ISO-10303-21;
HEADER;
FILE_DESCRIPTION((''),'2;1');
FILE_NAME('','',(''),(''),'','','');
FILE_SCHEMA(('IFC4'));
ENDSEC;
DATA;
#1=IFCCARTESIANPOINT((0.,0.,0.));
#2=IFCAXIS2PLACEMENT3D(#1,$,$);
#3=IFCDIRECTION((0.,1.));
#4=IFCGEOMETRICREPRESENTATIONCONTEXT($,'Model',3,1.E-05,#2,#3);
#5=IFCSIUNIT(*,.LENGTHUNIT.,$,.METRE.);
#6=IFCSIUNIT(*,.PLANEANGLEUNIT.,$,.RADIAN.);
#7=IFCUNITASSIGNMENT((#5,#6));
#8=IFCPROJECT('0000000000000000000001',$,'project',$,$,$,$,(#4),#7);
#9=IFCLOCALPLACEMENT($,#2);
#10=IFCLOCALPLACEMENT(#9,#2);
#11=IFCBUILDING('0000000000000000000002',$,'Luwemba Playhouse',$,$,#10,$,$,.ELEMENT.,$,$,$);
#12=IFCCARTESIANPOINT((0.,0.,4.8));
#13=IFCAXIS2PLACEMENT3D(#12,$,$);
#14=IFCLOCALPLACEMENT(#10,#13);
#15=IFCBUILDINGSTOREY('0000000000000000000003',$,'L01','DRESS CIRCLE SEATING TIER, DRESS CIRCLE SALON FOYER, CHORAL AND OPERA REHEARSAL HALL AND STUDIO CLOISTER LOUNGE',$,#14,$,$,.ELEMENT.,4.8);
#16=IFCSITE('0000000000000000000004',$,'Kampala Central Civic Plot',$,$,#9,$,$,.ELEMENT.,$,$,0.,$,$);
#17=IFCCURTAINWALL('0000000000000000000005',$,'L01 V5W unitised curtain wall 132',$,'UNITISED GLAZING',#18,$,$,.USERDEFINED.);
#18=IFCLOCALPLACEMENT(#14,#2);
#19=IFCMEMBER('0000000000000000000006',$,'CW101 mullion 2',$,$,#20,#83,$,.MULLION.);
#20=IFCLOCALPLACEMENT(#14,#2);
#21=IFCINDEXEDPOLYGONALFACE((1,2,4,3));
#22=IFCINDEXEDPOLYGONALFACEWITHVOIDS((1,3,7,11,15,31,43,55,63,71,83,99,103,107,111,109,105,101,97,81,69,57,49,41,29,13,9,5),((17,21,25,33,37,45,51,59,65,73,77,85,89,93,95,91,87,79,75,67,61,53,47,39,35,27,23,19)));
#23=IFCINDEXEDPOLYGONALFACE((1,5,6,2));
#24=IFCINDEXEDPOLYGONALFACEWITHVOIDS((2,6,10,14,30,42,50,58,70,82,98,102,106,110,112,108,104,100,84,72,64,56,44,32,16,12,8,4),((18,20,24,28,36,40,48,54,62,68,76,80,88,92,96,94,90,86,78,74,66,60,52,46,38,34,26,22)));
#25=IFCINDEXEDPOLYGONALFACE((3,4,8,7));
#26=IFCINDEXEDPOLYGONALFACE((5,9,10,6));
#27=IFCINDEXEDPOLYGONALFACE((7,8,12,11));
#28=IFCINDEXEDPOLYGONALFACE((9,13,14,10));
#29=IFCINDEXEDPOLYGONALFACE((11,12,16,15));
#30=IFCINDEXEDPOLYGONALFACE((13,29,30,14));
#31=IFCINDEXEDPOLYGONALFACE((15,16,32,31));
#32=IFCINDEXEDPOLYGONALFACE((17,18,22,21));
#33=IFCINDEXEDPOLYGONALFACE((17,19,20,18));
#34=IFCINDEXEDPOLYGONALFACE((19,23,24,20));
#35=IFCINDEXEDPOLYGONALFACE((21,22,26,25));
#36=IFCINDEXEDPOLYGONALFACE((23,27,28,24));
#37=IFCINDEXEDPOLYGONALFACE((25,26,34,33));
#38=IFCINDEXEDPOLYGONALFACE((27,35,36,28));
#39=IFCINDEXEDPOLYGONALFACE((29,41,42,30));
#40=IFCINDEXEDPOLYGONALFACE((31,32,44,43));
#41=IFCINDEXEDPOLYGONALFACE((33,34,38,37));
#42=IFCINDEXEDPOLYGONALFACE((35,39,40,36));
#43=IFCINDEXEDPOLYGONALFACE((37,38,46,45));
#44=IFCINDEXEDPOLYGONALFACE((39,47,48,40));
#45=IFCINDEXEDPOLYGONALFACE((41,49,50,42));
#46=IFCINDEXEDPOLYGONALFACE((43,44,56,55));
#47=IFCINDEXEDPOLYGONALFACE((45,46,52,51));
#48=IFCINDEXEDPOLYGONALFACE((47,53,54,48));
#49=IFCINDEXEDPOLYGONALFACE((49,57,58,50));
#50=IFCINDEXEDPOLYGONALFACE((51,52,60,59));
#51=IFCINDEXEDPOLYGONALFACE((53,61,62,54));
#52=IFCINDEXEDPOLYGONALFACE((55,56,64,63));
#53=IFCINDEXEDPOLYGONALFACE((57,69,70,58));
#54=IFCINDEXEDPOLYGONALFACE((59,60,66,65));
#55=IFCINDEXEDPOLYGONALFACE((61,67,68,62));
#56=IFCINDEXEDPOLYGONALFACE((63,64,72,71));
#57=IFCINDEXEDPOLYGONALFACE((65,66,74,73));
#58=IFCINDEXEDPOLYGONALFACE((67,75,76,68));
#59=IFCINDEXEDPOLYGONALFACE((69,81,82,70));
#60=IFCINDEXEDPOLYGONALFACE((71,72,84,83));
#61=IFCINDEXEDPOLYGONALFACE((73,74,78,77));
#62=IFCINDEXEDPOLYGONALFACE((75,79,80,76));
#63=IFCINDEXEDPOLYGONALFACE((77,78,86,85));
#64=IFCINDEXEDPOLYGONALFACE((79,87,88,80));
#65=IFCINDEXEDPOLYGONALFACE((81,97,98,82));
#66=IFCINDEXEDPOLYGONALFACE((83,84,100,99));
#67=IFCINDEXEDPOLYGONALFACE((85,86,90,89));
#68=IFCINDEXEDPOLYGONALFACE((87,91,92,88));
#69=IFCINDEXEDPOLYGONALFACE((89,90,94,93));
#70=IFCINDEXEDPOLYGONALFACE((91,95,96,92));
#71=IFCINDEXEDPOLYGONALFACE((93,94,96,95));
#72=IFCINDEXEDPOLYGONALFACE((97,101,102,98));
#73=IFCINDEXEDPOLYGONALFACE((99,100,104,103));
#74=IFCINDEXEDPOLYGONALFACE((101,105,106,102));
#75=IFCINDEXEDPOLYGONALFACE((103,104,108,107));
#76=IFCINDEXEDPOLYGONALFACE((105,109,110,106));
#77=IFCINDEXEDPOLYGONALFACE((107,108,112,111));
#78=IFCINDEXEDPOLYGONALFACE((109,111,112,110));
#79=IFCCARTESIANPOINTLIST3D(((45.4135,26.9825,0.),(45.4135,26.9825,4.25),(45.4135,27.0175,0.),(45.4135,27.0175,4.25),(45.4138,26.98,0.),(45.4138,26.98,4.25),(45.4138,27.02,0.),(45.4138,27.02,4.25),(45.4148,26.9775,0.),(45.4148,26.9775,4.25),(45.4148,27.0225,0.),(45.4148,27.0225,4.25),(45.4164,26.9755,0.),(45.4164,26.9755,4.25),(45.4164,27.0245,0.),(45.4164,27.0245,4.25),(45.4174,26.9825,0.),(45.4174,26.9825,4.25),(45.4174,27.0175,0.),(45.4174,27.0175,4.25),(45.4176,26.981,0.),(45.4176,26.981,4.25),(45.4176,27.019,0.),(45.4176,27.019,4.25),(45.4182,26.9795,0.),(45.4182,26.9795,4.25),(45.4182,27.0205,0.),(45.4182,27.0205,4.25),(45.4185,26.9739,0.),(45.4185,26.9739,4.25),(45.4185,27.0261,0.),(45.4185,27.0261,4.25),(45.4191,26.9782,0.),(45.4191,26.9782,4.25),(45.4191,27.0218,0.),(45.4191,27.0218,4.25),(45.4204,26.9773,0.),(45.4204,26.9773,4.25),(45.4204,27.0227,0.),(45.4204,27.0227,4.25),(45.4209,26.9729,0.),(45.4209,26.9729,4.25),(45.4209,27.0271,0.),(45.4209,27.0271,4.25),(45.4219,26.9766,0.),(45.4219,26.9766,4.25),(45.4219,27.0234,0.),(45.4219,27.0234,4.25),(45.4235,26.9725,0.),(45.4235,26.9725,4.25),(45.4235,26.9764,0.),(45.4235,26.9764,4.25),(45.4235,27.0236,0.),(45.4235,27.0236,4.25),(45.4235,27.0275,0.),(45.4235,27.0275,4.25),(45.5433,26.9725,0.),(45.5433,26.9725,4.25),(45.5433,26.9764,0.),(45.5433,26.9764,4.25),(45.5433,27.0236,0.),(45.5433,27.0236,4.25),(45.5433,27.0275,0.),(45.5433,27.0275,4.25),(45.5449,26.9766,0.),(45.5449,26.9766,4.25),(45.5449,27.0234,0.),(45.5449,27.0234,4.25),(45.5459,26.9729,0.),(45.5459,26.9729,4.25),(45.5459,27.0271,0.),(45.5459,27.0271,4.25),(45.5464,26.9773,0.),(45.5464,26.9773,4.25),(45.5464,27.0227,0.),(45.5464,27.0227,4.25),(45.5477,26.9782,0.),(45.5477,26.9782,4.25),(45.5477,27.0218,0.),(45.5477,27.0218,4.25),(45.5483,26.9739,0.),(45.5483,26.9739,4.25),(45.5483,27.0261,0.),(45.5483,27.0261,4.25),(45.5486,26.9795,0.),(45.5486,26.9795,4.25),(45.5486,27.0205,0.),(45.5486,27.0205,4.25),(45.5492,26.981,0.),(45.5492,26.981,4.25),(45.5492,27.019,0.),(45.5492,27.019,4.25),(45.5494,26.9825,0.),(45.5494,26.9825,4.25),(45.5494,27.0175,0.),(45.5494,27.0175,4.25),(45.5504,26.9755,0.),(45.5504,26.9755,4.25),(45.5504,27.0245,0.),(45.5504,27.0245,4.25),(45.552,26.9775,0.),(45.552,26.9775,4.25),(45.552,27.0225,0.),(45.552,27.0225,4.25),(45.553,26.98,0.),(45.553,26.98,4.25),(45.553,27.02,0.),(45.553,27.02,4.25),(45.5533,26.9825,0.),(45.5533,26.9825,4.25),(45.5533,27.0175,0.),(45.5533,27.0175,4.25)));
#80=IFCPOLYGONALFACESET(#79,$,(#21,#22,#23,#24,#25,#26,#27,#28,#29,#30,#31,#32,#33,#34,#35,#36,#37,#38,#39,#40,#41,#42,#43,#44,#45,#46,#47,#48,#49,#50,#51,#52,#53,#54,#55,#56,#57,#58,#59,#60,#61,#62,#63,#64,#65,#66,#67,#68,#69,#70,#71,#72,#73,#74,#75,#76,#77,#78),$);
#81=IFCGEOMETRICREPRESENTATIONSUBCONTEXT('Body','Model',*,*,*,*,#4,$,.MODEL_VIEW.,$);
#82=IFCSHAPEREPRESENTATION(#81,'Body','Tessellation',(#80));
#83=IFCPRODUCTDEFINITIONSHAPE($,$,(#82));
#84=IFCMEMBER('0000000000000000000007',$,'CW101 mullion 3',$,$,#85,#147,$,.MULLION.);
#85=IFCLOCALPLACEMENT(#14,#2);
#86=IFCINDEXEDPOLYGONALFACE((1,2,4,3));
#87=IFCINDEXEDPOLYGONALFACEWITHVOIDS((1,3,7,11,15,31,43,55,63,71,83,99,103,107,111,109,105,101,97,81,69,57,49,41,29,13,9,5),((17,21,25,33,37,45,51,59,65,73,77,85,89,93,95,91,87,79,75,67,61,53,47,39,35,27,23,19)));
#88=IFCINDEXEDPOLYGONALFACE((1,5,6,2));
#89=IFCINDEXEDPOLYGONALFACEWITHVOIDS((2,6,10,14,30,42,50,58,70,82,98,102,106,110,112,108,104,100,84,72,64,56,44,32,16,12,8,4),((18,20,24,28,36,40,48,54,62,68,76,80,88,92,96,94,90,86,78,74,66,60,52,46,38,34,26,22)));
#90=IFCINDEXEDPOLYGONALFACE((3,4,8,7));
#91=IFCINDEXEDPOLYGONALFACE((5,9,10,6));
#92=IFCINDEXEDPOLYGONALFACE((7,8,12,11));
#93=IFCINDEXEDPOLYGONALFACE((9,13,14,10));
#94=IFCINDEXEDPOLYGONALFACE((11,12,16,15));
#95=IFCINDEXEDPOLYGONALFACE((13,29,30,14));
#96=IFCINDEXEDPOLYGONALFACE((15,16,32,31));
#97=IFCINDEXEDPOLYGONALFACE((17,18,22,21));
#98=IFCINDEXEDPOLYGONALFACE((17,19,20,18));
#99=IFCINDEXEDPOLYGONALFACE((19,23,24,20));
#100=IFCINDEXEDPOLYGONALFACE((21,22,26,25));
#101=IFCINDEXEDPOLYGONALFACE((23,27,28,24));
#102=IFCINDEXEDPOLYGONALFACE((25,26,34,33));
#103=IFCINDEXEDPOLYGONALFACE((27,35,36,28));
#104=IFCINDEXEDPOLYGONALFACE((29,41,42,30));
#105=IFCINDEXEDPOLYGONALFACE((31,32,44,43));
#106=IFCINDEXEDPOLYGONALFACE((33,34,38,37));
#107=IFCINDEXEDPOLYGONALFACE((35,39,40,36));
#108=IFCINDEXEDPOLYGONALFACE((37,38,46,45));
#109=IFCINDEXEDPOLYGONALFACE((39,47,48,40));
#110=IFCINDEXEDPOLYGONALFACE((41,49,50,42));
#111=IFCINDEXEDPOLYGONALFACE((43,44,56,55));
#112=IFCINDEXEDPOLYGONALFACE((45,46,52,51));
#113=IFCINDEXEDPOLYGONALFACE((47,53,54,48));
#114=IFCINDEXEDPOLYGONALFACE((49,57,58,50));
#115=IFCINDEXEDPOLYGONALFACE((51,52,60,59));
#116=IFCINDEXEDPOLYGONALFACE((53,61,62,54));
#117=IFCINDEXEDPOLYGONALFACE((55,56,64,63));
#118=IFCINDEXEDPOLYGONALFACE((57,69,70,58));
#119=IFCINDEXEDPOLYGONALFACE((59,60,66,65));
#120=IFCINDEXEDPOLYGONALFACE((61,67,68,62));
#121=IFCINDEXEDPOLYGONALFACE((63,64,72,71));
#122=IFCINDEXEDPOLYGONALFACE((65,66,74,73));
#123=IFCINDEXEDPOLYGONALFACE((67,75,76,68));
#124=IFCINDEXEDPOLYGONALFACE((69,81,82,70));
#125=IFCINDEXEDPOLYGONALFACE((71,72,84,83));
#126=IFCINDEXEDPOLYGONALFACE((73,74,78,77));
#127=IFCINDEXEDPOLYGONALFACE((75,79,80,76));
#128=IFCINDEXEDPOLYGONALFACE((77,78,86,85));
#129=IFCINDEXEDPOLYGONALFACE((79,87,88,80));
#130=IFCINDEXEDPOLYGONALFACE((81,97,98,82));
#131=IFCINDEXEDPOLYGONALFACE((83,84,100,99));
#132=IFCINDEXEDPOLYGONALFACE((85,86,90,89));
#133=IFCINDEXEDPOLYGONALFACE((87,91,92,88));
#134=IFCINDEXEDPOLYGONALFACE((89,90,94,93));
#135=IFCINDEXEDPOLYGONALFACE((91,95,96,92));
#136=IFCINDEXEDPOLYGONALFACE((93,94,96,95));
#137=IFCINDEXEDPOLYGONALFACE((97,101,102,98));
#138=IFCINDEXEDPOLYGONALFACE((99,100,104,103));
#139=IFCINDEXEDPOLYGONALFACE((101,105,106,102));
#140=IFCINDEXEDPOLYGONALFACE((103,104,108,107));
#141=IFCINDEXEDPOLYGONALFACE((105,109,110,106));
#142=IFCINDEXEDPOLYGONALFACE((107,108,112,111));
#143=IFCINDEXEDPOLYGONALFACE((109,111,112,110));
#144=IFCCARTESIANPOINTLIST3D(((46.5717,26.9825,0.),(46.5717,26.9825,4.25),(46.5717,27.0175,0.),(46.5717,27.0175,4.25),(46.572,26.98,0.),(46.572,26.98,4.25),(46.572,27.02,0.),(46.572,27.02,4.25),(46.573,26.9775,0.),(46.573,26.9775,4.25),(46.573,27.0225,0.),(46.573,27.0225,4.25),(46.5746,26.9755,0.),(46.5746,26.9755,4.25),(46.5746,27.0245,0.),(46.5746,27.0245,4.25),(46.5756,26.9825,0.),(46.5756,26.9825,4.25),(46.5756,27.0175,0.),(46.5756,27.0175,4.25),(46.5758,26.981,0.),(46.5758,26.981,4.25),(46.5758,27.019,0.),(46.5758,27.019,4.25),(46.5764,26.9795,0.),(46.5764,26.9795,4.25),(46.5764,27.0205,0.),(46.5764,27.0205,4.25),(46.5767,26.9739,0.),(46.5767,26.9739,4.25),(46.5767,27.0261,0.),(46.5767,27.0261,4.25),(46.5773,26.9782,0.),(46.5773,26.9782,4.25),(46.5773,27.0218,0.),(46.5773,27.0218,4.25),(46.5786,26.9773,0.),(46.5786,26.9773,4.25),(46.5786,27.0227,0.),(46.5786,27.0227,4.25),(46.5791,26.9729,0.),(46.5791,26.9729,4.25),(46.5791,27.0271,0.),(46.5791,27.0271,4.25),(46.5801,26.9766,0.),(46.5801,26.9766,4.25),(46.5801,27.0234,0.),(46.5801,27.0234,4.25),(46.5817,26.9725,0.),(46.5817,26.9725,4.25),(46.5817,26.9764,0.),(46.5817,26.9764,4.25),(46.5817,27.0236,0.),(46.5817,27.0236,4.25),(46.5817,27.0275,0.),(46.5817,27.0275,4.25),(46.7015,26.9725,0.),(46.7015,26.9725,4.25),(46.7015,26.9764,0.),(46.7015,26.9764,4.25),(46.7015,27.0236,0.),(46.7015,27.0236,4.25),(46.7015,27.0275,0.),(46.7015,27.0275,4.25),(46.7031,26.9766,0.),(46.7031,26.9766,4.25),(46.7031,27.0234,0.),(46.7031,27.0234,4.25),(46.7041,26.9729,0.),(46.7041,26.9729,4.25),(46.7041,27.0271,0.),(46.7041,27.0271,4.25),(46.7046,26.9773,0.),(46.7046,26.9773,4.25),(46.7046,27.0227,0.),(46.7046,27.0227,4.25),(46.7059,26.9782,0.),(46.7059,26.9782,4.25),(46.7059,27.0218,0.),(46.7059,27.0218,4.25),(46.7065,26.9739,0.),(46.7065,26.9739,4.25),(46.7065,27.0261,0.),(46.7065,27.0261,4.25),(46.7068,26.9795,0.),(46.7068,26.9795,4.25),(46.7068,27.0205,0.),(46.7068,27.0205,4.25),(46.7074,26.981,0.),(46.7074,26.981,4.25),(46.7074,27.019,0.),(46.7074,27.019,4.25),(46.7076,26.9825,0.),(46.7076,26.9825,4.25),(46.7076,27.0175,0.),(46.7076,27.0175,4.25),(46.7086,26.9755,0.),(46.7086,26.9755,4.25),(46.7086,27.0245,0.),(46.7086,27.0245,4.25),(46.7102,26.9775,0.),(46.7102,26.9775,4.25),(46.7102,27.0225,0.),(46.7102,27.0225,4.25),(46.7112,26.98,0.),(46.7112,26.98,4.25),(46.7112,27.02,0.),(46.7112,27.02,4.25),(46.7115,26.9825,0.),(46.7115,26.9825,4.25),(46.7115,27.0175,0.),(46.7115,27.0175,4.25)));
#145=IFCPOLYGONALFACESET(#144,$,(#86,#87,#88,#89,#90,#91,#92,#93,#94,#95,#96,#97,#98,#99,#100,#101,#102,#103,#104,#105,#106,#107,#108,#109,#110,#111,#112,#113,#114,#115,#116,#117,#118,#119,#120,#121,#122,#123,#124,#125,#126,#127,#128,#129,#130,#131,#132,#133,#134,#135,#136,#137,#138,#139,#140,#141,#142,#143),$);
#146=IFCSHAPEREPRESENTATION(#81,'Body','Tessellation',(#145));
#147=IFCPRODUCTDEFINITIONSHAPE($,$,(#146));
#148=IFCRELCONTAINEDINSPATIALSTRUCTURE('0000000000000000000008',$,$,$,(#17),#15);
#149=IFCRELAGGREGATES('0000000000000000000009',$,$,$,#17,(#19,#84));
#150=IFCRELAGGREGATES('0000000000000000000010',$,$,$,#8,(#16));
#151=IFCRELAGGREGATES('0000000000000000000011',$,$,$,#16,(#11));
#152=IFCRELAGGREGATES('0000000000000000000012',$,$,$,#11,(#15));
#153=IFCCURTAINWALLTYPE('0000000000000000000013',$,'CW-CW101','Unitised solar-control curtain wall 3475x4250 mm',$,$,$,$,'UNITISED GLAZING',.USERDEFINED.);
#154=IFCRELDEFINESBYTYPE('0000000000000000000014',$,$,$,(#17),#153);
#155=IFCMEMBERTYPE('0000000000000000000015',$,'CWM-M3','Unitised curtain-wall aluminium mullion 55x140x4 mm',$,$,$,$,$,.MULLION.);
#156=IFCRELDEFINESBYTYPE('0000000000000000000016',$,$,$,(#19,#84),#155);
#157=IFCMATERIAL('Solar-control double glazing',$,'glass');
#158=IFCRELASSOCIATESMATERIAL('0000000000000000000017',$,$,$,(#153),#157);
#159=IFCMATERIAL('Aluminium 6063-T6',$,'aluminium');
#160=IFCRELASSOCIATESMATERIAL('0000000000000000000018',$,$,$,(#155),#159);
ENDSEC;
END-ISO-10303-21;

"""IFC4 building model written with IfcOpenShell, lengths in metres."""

from ifc_helpers import new_model, si_unit, direction, frame, origin, origin_2d, place, context, subcontext, project, spatial, hollow_rectangle, extrude, material, material_profile, profile_set, type_object, element, aggregate, save


model = new_model("IFC4")

# Units and contexts
model_context = context("Model", 3, precision=1e-05, world=origin(), true_north=direction((0.0, 1.0)))
body_context = subcontext(model_context, "Body", "Model", "MODEL_VIEW")
ifc_project = project(units=[si_unit("LENGTHUNIT", "METRE"), si_unit("PLANEANGLEUNIT", "RADIAN")], contexts=[model_context])

# Site, building, storey
site_placement = place(None, origin())
site = spatial("IfcSite", under=ifc_project, at=site_placement, Name="Kampala Central Civic Plot", CompositionType="ELEMENT", RefElevation=0.0)
building_placement = place(site_placement, origin())
building = spatial("IfcBuilding", under=site, at=building_placement, Name="Luwemba Playhouse", CompositionType="ELEMENT")
storey_placement = place(building_placement, frame((0.0, 0.0, 4.8)))
storey = spatial("IfcBuildingStorey", under=building, at=storey_placement, Name="L01", Description="DRESS CIRCLE SEATING TIER, DRESS CIRCLE SALON FOYER, CHORAL AND OPERA REHEARSAL HALL AND STUDIO CLOISTER LOUNGE", CompositionType="ELEMENT", Elevation=4.8)

# Shared definitions
ifc_material_1 = material(Name="Solar-control double glazing", Category="glass")
ifc_material_2 = material(Name="Aluminium 6063-T6", Category="aluminium")

# Curtain wall, members
curtain_wall_type_1 = type_object("IfcCurtainWallType", Name="CW-CW101", Description="Unitised solar-control curtain wall 3475x4250 mm", ElementType="UNITISED GLAZING", PredefinedType="USERDEFINED", material=ifc_material_1)
curtain_wall_1_placement = place(storey_placement, origin())
curtain_wall_1 = element("IfcCurtainWall", 1, at=curtain_wall_1_placement, inside=storey, type_object=curtain_wall_type_1, Name="L01 V5W unitised curtain wall 132", ObjectType="UNITISED GLAZING", PredefinedType="USERDEFINED")
ifc_material_profile_1 = material_profile(ifc_material_2, hollow_rectangle(XDim=0.0549, YDim=0.1399, WallThickness=0.0039, InnerFilletRadius=0.0061, OuterFilletRadius=0.01, at=origin_2d()))
ifc_profile_set_1 = profile_set([ifc_material_profile_1], Name="Aluminium 6063-T6")
member_type_1 = type_object("IfcMemberType", Name="CWM-M3", Description="Unitised curtain-wall aluminium mullion 55x140x4 mm", PredefinedType="MULLION", material=ifc_profile_set_1)
member_1_placement = place(storey_placement, frame((45.4834, 27.0, 0.0), z_axis=(0.0, 0.0, 1.0), x_axis=(0.0, 1.0, 0.0)))
member_1 = element("IfcMember", 2, at=member_1_placement, type_object=member_type_1, Name="CW101 mullion 2", PredefinedType="MULLION", context=body_context, shape_type="SweptSolid", body=[
    extrude(hollow_rectangle(XDim=0.0549, YDim=0.1399, WallThickness=0.0039, InnerFilletRadius=0.0061, OuterFilletRadius=0.01, at=origin_2d()), origin(), (0.0, 0.0, 1.0), 4.25),
])
member_2_placement = place(storey_placement, frame((46.6416, 27.0, 0.0), z_axis=(0.0, 0.0, 1.0), x_axis=(0.0, 1.0, 0.0)))
member_2 = element("IfcMember", 3, at=member_2_placement, type_object=member_type_1, Name="CW101 mullion 3", PredefinedType="MULLION", context=body_context, shape_type="SweptSolid", body=[
    extrude(hollow_rectangle(XDim=0.0549, YDim=0.1399, WallThickness=0.0039, InnerFilletRadius=0.0061, OuterFilletRadius=0.01, at=origin_2d()), origin(), (0.0, 0.0, 1.0), 4.25),
])

aggregate(curtain_wall_1, [member_1, member_2])

save(model, "model.ifc")
